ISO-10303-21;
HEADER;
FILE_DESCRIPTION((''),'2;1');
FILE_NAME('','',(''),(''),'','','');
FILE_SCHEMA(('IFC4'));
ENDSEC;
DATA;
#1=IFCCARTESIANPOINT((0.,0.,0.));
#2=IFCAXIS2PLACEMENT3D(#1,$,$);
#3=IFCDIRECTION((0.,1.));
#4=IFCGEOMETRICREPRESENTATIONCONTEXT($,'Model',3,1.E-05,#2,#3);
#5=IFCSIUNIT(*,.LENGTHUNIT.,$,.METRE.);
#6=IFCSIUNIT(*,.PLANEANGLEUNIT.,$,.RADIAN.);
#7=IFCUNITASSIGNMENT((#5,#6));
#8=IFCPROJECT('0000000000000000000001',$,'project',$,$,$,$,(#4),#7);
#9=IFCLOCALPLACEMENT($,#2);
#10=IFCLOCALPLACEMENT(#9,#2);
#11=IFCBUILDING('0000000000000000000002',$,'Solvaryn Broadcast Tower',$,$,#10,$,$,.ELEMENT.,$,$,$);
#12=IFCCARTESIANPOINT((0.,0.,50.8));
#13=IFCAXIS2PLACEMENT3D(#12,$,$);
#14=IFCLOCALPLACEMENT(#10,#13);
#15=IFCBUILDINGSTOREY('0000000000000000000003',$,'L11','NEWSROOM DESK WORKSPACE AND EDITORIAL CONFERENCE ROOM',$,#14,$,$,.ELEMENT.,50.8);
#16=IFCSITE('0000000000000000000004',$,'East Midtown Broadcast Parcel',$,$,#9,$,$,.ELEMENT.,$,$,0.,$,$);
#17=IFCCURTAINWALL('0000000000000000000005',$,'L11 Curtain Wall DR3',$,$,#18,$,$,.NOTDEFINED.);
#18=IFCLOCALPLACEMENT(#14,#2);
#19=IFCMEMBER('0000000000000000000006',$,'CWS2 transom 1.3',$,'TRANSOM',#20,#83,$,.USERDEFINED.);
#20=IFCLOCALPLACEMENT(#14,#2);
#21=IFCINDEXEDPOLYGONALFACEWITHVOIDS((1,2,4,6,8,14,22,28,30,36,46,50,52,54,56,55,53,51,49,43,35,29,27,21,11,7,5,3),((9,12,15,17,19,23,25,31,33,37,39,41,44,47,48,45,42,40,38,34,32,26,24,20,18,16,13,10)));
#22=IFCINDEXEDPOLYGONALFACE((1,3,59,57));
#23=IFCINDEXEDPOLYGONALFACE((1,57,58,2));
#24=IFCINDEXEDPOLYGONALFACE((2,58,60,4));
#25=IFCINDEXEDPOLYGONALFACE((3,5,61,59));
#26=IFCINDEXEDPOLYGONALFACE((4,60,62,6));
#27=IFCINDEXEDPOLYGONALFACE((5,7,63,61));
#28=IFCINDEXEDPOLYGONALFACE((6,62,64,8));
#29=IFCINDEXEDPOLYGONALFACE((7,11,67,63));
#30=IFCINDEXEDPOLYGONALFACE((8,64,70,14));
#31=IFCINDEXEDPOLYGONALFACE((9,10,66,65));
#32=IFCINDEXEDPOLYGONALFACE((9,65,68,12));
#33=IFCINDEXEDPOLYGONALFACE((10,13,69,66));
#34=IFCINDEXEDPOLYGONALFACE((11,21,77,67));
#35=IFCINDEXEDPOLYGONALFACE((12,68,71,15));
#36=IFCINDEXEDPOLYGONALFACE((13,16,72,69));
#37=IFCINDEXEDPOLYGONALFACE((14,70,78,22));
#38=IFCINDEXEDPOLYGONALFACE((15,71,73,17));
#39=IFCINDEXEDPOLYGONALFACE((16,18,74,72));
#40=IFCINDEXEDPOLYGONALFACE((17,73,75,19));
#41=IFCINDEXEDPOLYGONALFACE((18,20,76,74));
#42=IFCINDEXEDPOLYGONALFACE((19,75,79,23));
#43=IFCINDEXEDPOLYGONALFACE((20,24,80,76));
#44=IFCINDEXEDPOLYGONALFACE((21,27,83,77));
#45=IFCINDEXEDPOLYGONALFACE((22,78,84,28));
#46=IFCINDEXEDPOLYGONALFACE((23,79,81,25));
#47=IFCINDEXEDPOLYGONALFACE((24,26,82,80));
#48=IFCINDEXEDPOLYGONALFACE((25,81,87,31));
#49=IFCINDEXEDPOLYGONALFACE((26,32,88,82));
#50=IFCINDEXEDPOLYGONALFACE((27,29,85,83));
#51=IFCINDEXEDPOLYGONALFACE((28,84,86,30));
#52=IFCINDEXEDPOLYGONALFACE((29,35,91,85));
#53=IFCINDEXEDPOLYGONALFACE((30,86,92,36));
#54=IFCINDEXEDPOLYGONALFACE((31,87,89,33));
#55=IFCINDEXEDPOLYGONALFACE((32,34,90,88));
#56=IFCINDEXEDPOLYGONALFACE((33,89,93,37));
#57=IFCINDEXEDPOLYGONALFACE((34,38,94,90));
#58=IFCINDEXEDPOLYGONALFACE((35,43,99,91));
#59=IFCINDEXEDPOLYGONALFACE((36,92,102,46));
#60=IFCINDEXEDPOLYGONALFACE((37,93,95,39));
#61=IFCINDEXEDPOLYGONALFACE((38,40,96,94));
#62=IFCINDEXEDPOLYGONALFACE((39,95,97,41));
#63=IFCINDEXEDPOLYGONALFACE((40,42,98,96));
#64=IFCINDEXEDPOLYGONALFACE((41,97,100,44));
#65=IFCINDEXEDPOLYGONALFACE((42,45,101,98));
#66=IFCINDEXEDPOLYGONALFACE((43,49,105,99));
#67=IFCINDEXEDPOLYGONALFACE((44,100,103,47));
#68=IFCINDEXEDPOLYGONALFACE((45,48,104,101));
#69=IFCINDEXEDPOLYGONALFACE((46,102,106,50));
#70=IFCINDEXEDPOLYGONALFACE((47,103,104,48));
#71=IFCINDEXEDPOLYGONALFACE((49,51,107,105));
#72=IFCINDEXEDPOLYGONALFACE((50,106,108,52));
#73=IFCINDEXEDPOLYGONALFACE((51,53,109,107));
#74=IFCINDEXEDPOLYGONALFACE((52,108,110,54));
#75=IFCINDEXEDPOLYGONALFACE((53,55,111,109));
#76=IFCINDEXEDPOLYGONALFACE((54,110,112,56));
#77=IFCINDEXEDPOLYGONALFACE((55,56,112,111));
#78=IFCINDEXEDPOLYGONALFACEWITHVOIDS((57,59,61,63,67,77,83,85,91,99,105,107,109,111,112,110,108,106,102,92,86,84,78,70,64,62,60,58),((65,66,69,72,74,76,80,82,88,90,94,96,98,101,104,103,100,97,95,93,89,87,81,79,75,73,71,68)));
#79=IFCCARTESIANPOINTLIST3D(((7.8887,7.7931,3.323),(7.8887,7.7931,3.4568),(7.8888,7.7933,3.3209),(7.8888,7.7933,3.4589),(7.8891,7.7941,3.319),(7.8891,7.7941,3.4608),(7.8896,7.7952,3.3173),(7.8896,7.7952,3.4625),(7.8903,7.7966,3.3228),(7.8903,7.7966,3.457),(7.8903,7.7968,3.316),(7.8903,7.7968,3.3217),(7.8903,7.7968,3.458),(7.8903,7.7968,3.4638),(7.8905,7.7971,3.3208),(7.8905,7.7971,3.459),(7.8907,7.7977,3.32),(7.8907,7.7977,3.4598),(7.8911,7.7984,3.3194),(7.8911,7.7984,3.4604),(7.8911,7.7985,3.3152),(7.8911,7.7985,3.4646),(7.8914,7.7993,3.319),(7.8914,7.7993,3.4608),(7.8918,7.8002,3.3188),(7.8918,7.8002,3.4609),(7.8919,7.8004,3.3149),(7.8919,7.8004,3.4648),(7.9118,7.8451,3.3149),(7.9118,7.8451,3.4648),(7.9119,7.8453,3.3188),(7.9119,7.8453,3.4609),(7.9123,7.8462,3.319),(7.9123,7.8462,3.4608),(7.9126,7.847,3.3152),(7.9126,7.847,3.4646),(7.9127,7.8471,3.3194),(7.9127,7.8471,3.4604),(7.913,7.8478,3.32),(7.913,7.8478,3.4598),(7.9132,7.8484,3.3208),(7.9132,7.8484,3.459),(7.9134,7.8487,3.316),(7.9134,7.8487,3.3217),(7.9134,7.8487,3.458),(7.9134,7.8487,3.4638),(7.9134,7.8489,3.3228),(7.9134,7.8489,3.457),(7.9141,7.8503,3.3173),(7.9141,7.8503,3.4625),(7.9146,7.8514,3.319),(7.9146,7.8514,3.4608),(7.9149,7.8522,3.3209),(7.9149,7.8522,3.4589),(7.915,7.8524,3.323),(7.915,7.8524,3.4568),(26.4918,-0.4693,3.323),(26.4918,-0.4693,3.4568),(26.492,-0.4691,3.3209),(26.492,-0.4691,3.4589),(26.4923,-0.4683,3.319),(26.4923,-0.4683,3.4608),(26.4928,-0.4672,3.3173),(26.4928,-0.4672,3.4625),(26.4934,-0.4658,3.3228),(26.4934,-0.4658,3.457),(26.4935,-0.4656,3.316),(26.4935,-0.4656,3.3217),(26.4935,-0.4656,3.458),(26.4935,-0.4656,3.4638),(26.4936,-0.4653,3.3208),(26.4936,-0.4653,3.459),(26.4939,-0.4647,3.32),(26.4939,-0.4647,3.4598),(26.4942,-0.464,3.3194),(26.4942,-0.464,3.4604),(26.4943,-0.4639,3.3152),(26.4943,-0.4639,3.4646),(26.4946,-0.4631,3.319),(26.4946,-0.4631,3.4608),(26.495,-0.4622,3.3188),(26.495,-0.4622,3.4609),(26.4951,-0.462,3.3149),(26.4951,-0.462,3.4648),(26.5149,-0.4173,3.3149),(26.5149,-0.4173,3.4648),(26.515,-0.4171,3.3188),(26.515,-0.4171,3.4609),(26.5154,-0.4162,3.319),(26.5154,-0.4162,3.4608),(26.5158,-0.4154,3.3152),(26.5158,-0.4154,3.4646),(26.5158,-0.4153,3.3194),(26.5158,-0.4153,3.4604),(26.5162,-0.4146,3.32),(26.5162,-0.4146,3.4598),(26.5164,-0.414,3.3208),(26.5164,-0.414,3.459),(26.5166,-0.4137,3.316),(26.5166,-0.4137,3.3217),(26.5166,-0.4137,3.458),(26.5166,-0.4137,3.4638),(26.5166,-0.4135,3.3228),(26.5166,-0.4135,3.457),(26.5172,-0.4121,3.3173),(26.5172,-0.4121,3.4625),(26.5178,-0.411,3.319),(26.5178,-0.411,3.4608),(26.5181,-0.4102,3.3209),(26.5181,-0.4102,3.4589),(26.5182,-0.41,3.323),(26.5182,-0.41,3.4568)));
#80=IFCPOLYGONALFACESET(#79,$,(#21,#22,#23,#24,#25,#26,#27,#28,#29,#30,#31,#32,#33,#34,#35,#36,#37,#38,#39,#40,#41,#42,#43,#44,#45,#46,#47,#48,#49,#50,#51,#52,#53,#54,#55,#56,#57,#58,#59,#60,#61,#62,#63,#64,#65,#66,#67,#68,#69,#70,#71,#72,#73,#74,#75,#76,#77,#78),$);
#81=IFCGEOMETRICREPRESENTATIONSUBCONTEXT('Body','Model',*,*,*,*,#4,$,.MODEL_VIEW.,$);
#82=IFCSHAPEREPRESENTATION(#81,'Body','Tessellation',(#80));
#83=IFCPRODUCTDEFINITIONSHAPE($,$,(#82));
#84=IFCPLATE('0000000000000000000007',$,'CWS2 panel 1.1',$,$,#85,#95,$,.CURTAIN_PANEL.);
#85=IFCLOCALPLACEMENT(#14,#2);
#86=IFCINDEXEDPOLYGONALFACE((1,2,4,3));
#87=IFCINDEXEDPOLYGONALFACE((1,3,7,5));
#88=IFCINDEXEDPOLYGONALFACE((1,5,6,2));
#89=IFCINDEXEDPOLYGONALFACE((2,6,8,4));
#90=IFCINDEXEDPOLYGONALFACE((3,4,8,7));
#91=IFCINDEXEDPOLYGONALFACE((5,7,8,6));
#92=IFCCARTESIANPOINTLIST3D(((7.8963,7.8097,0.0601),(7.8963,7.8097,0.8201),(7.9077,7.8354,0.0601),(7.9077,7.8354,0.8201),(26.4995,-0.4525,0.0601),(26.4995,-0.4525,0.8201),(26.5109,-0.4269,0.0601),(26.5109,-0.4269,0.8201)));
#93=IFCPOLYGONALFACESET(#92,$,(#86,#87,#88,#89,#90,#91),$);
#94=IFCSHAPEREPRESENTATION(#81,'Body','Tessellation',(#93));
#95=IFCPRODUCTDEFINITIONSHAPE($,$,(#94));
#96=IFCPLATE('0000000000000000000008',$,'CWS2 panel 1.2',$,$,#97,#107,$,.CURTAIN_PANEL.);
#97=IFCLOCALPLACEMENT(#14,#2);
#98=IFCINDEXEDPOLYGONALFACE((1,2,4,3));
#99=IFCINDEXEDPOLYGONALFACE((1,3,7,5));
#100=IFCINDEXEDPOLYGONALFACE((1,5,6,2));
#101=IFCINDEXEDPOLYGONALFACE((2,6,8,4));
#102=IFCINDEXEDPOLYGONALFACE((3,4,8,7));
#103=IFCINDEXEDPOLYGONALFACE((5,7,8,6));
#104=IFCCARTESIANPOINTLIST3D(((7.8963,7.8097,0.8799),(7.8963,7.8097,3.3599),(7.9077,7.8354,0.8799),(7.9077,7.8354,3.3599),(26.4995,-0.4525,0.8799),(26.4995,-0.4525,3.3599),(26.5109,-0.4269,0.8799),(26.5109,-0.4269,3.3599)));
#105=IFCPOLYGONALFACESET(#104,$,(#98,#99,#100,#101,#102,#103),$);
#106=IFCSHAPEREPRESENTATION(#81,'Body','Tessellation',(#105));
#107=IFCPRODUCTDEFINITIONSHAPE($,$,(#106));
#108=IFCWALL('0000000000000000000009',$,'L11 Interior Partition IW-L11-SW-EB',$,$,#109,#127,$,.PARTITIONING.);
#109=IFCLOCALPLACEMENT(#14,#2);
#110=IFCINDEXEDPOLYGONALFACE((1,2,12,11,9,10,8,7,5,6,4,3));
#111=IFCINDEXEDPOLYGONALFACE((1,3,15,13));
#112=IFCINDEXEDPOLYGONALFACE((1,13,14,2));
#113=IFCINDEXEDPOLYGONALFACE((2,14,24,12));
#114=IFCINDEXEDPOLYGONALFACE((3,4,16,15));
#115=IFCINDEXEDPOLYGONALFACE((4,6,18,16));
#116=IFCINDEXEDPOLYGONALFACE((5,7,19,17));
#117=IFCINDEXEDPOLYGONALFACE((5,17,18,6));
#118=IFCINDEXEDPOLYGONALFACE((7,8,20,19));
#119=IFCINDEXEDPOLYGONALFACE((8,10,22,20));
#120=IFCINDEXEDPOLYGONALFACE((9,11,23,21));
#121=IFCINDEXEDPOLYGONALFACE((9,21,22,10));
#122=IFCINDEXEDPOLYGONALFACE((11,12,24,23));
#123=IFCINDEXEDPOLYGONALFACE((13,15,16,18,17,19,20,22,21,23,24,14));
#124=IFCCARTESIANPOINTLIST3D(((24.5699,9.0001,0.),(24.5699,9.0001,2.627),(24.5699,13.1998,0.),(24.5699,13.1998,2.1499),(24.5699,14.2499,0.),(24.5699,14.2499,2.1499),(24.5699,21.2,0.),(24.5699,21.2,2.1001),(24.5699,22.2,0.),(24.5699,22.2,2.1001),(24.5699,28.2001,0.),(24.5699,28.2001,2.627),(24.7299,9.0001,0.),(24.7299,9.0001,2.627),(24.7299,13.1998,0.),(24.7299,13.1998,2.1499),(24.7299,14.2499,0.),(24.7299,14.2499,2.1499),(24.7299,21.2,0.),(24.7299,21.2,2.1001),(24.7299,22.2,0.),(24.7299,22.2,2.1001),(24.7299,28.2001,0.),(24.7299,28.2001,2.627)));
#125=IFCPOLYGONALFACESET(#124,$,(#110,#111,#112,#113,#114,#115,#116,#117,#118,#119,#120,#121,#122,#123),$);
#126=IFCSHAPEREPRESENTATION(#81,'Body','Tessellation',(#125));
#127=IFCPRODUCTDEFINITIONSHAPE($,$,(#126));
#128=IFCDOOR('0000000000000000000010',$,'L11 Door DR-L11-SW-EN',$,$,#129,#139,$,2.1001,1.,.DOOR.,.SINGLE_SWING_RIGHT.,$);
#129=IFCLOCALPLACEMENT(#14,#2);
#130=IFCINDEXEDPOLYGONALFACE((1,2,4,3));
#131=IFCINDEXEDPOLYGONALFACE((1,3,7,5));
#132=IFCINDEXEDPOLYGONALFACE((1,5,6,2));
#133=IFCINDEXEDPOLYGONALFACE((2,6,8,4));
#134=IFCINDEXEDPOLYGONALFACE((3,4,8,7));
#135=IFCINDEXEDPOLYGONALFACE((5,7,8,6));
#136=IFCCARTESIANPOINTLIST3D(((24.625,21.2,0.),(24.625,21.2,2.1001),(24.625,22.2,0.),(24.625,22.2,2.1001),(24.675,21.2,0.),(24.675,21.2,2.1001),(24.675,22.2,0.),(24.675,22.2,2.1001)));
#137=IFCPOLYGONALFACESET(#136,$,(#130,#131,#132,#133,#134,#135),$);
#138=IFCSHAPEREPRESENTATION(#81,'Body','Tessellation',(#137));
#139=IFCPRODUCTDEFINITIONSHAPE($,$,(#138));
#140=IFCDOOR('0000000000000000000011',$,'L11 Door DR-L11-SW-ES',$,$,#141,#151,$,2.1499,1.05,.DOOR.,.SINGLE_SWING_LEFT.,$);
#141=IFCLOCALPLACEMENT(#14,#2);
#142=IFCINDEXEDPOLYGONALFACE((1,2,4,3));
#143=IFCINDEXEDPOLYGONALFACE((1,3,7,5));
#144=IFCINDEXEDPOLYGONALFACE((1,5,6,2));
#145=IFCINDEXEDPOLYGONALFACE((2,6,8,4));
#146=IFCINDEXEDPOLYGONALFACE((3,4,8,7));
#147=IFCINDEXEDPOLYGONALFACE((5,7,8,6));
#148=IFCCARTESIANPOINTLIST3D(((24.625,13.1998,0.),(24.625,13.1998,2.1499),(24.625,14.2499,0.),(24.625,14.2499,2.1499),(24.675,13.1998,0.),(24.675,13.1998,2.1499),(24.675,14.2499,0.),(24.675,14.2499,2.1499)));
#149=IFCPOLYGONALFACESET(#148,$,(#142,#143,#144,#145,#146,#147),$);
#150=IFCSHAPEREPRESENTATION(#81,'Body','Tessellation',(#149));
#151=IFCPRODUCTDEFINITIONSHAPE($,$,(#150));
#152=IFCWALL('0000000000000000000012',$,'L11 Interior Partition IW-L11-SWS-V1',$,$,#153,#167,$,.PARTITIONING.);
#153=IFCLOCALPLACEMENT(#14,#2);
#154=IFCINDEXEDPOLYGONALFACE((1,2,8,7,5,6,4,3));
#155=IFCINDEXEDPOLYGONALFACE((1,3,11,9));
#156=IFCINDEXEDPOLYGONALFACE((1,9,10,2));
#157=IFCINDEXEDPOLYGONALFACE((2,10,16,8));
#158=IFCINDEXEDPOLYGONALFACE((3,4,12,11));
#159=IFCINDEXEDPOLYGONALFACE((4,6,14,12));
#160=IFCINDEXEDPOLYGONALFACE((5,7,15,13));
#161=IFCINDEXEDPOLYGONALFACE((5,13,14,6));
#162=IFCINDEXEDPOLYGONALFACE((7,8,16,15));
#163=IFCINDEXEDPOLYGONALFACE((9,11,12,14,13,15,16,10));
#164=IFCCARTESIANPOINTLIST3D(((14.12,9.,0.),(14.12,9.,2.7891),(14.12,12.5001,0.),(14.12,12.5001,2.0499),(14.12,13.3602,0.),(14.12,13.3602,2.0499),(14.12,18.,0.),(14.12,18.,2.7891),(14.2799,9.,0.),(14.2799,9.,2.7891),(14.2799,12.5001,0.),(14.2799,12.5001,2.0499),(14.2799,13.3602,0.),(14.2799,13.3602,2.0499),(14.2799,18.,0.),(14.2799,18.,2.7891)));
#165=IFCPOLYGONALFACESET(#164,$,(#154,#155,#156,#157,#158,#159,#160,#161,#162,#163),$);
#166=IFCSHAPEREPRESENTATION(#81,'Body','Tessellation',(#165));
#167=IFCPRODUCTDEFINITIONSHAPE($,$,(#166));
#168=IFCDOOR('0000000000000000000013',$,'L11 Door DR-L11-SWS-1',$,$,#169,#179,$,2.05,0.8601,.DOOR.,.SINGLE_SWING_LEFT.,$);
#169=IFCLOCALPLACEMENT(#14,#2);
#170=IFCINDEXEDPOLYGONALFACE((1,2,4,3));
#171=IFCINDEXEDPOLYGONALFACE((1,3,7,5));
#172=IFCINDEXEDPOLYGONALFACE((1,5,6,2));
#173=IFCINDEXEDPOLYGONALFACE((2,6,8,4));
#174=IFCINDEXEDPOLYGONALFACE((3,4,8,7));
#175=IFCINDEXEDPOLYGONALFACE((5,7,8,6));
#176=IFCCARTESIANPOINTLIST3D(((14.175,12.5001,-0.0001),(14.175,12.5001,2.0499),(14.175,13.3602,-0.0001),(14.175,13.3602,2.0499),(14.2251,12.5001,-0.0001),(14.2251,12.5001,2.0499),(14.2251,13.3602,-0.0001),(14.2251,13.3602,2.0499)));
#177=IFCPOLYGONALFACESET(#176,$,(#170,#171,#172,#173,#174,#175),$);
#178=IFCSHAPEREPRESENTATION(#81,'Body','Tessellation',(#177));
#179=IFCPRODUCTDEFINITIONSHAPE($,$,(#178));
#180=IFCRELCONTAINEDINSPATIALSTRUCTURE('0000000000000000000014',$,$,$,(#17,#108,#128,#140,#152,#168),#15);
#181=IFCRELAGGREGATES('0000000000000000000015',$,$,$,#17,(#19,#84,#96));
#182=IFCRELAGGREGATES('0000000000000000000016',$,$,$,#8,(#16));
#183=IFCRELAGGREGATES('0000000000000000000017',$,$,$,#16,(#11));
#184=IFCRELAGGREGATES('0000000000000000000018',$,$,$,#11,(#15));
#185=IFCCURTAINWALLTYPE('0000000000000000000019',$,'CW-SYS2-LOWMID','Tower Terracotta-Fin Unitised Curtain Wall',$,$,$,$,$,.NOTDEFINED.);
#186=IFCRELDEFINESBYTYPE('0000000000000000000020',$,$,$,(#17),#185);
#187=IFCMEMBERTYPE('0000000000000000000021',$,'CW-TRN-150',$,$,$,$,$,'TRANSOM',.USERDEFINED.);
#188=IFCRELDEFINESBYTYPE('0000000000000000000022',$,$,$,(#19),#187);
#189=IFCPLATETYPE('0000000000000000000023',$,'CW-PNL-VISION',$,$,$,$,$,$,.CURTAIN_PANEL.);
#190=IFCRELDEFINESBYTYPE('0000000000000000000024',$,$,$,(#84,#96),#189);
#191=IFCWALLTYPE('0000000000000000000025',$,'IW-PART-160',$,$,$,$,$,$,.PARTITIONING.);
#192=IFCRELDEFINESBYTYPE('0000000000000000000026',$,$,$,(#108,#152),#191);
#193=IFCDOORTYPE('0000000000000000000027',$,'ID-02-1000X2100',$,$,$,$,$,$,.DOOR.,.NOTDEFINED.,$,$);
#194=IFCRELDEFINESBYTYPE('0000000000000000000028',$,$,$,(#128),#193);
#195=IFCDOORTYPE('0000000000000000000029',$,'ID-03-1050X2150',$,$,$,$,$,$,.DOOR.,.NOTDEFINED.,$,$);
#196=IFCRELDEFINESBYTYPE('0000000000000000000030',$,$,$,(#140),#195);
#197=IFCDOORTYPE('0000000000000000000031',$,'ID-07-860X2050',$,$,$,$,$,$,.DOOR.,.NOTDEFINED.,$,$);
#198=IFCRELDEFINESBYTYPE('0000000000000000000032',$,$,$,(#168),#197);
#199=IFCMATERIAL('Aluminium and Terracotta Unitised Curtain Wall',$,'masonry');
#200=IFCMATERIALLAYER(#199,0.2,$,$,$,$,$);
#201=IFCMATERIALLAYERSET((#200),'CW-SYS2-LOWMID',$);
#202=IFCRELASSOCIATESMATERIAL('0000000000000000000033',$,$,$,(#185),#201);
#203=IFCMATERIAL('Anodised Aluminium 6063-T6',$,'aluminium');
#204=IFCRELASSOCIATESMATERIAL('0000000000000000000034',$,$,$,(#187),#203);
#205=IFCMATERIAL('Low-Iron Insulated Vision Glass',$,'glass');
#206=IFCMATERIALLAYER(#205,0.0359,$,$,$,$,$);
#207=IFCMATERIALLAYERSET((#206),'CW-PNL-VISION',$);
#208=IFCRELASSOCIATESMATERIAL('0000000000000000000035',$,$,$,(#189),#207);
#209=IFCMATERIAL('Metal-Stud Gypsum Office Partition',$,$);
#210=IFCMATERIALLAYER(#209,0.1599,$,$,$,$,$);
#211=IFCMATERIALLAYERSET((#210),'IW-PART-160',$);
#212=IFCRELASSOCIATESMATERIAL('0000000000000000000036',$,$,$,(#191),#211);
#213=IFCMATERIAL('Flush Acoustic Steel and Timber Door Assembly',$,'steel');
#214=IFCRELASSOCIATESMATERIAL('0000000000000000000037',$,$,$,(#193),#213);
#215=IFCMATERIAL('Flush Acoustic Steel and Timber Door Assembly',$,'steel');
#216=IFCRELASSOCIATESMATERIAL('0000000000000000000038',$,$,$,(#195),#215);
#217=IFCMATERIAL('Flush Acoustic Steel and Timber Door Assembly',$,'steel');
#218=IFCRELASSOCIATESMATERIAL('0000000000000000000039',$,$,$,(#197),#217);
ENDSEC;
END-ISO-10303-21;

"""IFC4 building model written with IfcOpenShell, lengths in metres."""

from ifc_helpers import new_model, si_unit, direction, frame, frame_2d, origin, origin_2d, place, context, subcontext, project, spatial, rectangle, hollow_rectangle, extrude, material, layer, layer_set, material_profile, profile_set, type_object, element, fill, aggregate, save


model = new_model("IFC4")

# Units and contexts
model_context = context("Model", 3, precision=1e-05, world=origin(), true_north=direction((0.0, 1.0)))
body_context = subcontext(model_context, "Body", "Model", "MODEL_VIEW")
ifc_project = project(units=[si_unit("LENGTHUNIT", "METRE"), si_unit("PLANEANGLEUNIT", "RADIAN")], contexts=[model_context])

# Site, building, storey
site_placement = place(None, origin())
site = spatial("IfcSite", under=ifc_project, at=site_placement, Name="East Midtown Broadcast Parcel", CompositionType="ELEMENT", RefElevation=0.0)
building_placement = place(site_placement, origin())
building = spatial("IfcBuilding", under=site, at=building_placement, Name="Solvaryn Broadcast Tower", CompositionType="ELEMENT")
storey_placement = place(building_placement, frame((0.0, 0.0, 50.8)))
storey = spatial("IfcBuildingStorey", under=building, at=storey_placement, Name="L11", Description="NEWSROOM DESK WORKSPACE AND EDITORIAL CONFERENCE ROOM", CompositionType="ELEMENT", Elevation=50.8)

# Shared definitions
ifc_material_1 = material(Name="Aluminium and Terracotta Unitised Curtain Wall", Category="masonry")
ifc_layer_1 = layer(ifc_material_1, 0.2)
ifc_layer_set_1 = layer_set([ifc_layer_1], Name="CW-SYS2-LOWMID")
curtain_wall_type = type_object("IfcCurtainWallType", Name="CW-SYS2-LOWMID", Description="Tower Terracotta-Fin Unitised Curtain Wall", PredefinedType="NOTDEFINED", material=ifc_layer_set_1)

# Curtain wall, member, plates
curtain_wall_1_placement = place(storey_placement, origin())
curtain_wall_1 = element("IfcCurtainWall", 1, at=curtain_wall_1_placement, inside=storey, type_object=curtain_wall_type, Name="L11 Curtain Wall DR3", PredefinedType="NOTDEFINED")
ifc_material_2 = material(Name="Anodised Aluminium 6063-T6", Category="aluminium")
ifc_material_profile_1 = material_profile(ifc_material_2, hollow_rectangle(XDim=0.0649, YDim=0.1499, WallThickness=0.0039, InnerFilletRadius=0.0039, OuterFilletRadius=0.0081, at=origin_2d()))
ifc_profile_set_1 = profile_set([ifc_material_profile_1], Name="Anodised Aluminium 6063-T6")
member_type_1 = type_object("IfcMemberType", Name="CW-TRN-150", ElementType="TRANSOM", PredefinedType="USERDEFINED", material=ifc_profile_set_1)
member_1_placement = place(storey_placement, frame((7.9019, 7.8228, 3.3899), z_axis=(0.913915, -0.405906, 0.0), x_axis=(0.405906, 0.913915, 0.0)))
member_1 = element("IfcMember", 2, at=member_1_placement, type_object=member_type_1, Name="CWS2 transom 1.3", ObjectType="TRANSOM", PredefinedType="USERDEFINED", context=body_context, shape_type="SweptSolid", body=[
    extrude(hollow_rectangle(XDim=0.0649, YDim=0.1499, WallThickness=0.0039, InnerFilletRadius=0.0039, OuterFilletRadius=0.0081, at=origin_2d()), origin(), (0.0, 0.0, 1.0), 20.3555),
])
ifc_material_3 = material(Name="Low-Iron Insulated Vision Glass", Category="glass")
ifc_layer_2 = layer(ifc_material_3, 0.0359)
ifc_layer_set_2 = layer_set([ifc_layer_2], Name="CW-PNL-VISION")
plate_type = type_object("IfcPlateType", Name="CW-PNL-VISION", PredefinedType="CURTAIN_PANEL", material=ifc_layer_set_2)
plate_1_placement = place(storey_placement, frame((17.2036, 3.6914, 0.0601), z_axis=(0.0, 0.0, 1.0), x_axis=(0.913918, -0.405898, 0.0)))
plate_1 = element("IfcPlate", 3, at=plate_1_placement, type_object=plate_type, Name="CWS2 panel 1.1", PredefinedType="CURTAIN_PANEL", context=body_context, shape_type="SweptSolid", body=[
    extrude(rectangle(XDim=20.3555, YDim=0.0281, at=origin_2d()), origin(), (0.0, 0.0, 1.0), 0.76),
])
plate_2_placement = place(storey_placement, frame((17.2036, 3.6914, 0.8799), z_axis=(0.0, 0.0, 1.0), x_axis=(0.913918, -0.405898, 0.0)))
plate_2 = element("IfcPlate", 4, at=plate_2_placement, type_object=plate_type, Name="CWS2 panel 1.2", PredefinedType="CURTAIN_PANEL", context=body_context, shape_type="SweptSolid", body=[
    extrude(rectangle(XDim=20.3555, YDim=0.0281, at=origin_2d()), origin(), (0.0, 0.0, 1.0), 2.48),
])
aggregate(curtain_wall_1, [member_1, plate_1, plate_2])

# Wall, openings, doors
ifc_material_4 = material(Name="Metal-Stud Gypsum Office Partition")
ifc_layer_3 = layer(ifc_material_4, 0.1599)
ifc_layer_set_3 = layer_set([ifc_layer_3], Name="IW-PART-160")
wall_type = type_object("IfcWallType", Name="IW-PART-160", PredefinedType="PARTITIONING", material=ifc_layer_set_3)
wall_1_placement = place(storey_placement, frame((24.6499, 9.0, 0.0), z_axis=(0.0, 0.0, 1.0), x_axis=(0.0, 1.0, 0.0)))
wall_1 = element("IfcWall", 5, at=wall_1_placement, inside=storey, type_object=wall_type, Name="L11 Interior Partition IW-L11-SW-EB", PredefinedType="PARTITIONING", context=body_context, shape_type="SweptSolid", body=[
    extrude(rectangle(XDim=19.2, YDim=0.1599, at=frame_2d((9.6001, 0.0))), origin(), (0.0, 0.0, 1.0), 2.627),
])
opening_1_placement = place(wall_1_placement, frame((12.2, 0.0, 0.0)))
opening_1 = element("IfcOpeningElement", 6, at=opening_1_placement, cuts=wall_1, PredefinedType="OPENING", context=body_context, shape_type="SweptSolid", body=[
    extrude(rectangle(XDim=1.0, YDim=2.1001, at=frame_2d((0.5, 1.05))), frame((0.0, 0.0901, 0.0), z_axis=(0.0, -1.0, 0.0), x_axis=(1.0, 0.0, 0.0)), (0.0, 0.0, 1.0), 0.1799),
])
opening_2_placement = place(wall_1_placement, frame((4.2, 0.0, 0.0)))
opening_2 = element("IfcOpeningElement", 7, at=opening_2_placement, cuts=wall_1, PredefinedType="OPENING", context=body_context, shape_type="SweptSolid", body=[
    extrude(rectangle(XDim=1.05, YDim=2.1499, at=frame_2d((0.5249, 1.075))), frame((0.0, 0.0901, 0.0), z_axis=(0.0, -1.0, 0.0), x_axis=(1.0, 0.0, 0.0)), (0.0, 0.0, 1.0), 0.1799),
])
ifc_material_5 = material(Name="Flush Acoustic Steel and Timber Door Assembly", Category="steel")
door_type_1 = type_object("IfcDoorType", Name="ID-02-1000X2100", OperationType="NOTDEFINED", PredefinedType="DOOR", material=ifc_material_5)
door_1_placement = place(opening_1_placement, origin())
door_1 = element("IfcDoor", 8, at=door_1_placement, inside=storey, type_object=door_type_1, Name="L11 Door DR-L11-SW-EN", OperationType="SINGLE_SWING_RIGHT", OverallHeight=2.1001, OverallWidth=1.0, PredefinedType="DOOR", context=body_context, shape_type="SweptSolid", body=[
    extrude(rectangle(XDim=1.0, YDim=2.1001, at=frame_2d((0.5, 1.05))), frame((0.0, 0.0249, 0.0), z_axis=(0.0, -1.0, 0.0), x_axis=(1.0, 0.0, 0.0)), (0.0, 0.0, 1.0), 0.05),
])
fill(opening_1, door_1)
ifc_material_6 = material(Name="Flush Acoustic Steel and Timber Door Assembly", Category="steel")
door_type_2 = type_object("IfcDoorType", Name="ID-03-1050X2150", OperationType="NOTDEFINED", PredefinedType="DOOR", material=ifc_material_6)
door_2_placement = place(opening_2_placement, origin())
door_2 = element("IfcDoor", 9, at=door_2_placement, inside=storey, type_object=door_type_2, Name="L11 Door DR-L11-SW-ES", OperationType="SINGLE_SWING_LEFT", OverallHeight=2.1499, OverallWidth=1.05, PredefinedType="DOOR", context=body_context, shape_type="SweptSolid", body=[
    extrude(rectangle(XDim=1.05, YDim=2.1499, at=frame_2d((0.5249, 1.075))), frame((0.0, 0.0249, 0.0), z_axis=(0.0, -1.0, 0.0), x_axis=(1.0, 0.0, 0.0)), (0.0, 0.0, 1.0), 0.05),
])
fill(opening_2, door_2)

# Wall, opening, door
wall_2_placement = place(storey_placement, frame((14.2, 9.0, 0.0), z_axis=(0.0, 0.0, 1.0), x_axis=(0.0, 1.0, 0.0)))
wall_2 = element("IfcWall", 10, at=wall_2_placement, inside=storey, type_object=wall_type, Name="L11 Interior Partition IW-L11-SWS-V1", PredefinedType="PARTITIONING", context=body_context, shape_type="SweptSolid", body=[
    extrude(rectangle(XDim=9.0, YDim=0.1599, at=frame_2d((4.5, 0.0))), origin(), (0.0, 0.0, 1.0), 2.7891),
])
opening_3_placement = place(wall_2_placement, frame((3.5, 0.0, 0.0)))
opening_3 = element("IfcOpeningElement", 11, at=opening_3_placement, cuts=wall_2, PredefinedType="OPENING", context=body_context, shape_type="SweptSolid", body=[
    extrude(rectangle(XDim=0.8601, YDim=2.05, at=frame_2d((0.4302, 1.0249))), frame((0.0, 0.0901, 0.0), z_axis=(0.0, -1.0, 0.0), x_axis=(1.0, 0.0, 0.0)), (0.0, 0.0, 1.0), 0.1799),
])
ifc_material_7 = material(Name="Flush Acoustic Steel and Timber Door Assembly", Category="steel")
door_type_3 = type_object("IfcDoorType", Name="ID-07-860X2050", OperationType="NOTDEFINED", PredefinedType="DOOR", material=ifc_material_7)
door_3_placement = place(opening_3_placement, origin())
door_3 = element("IfcDoor", 12, at=door_3_placement, inside=storey, type_object=door_type_3, Name="L11 Door DR-L11-SWS-1", OperationType="SINGLE_SWING_LEFT", OverallHeight=2.05, OverallWidth=0.8601, PredefinedType="DOOR", context=body_context, shape_type="SweptSolid", body=[
    extrude(rectangle(XDim=0.8601, YDim=2.05, at=frame_2d((0.4302, 1.0249))), frame((0.0, 0.0249, 0.0), z_axis=(0.0, -1.0, 0.0), x_axis=(1.0, 0.0, 0.0)), (0.0, 0.0, 1.0), 0.05),
])
fill(opening_3, door_3)

save(model, "model.ifc")
